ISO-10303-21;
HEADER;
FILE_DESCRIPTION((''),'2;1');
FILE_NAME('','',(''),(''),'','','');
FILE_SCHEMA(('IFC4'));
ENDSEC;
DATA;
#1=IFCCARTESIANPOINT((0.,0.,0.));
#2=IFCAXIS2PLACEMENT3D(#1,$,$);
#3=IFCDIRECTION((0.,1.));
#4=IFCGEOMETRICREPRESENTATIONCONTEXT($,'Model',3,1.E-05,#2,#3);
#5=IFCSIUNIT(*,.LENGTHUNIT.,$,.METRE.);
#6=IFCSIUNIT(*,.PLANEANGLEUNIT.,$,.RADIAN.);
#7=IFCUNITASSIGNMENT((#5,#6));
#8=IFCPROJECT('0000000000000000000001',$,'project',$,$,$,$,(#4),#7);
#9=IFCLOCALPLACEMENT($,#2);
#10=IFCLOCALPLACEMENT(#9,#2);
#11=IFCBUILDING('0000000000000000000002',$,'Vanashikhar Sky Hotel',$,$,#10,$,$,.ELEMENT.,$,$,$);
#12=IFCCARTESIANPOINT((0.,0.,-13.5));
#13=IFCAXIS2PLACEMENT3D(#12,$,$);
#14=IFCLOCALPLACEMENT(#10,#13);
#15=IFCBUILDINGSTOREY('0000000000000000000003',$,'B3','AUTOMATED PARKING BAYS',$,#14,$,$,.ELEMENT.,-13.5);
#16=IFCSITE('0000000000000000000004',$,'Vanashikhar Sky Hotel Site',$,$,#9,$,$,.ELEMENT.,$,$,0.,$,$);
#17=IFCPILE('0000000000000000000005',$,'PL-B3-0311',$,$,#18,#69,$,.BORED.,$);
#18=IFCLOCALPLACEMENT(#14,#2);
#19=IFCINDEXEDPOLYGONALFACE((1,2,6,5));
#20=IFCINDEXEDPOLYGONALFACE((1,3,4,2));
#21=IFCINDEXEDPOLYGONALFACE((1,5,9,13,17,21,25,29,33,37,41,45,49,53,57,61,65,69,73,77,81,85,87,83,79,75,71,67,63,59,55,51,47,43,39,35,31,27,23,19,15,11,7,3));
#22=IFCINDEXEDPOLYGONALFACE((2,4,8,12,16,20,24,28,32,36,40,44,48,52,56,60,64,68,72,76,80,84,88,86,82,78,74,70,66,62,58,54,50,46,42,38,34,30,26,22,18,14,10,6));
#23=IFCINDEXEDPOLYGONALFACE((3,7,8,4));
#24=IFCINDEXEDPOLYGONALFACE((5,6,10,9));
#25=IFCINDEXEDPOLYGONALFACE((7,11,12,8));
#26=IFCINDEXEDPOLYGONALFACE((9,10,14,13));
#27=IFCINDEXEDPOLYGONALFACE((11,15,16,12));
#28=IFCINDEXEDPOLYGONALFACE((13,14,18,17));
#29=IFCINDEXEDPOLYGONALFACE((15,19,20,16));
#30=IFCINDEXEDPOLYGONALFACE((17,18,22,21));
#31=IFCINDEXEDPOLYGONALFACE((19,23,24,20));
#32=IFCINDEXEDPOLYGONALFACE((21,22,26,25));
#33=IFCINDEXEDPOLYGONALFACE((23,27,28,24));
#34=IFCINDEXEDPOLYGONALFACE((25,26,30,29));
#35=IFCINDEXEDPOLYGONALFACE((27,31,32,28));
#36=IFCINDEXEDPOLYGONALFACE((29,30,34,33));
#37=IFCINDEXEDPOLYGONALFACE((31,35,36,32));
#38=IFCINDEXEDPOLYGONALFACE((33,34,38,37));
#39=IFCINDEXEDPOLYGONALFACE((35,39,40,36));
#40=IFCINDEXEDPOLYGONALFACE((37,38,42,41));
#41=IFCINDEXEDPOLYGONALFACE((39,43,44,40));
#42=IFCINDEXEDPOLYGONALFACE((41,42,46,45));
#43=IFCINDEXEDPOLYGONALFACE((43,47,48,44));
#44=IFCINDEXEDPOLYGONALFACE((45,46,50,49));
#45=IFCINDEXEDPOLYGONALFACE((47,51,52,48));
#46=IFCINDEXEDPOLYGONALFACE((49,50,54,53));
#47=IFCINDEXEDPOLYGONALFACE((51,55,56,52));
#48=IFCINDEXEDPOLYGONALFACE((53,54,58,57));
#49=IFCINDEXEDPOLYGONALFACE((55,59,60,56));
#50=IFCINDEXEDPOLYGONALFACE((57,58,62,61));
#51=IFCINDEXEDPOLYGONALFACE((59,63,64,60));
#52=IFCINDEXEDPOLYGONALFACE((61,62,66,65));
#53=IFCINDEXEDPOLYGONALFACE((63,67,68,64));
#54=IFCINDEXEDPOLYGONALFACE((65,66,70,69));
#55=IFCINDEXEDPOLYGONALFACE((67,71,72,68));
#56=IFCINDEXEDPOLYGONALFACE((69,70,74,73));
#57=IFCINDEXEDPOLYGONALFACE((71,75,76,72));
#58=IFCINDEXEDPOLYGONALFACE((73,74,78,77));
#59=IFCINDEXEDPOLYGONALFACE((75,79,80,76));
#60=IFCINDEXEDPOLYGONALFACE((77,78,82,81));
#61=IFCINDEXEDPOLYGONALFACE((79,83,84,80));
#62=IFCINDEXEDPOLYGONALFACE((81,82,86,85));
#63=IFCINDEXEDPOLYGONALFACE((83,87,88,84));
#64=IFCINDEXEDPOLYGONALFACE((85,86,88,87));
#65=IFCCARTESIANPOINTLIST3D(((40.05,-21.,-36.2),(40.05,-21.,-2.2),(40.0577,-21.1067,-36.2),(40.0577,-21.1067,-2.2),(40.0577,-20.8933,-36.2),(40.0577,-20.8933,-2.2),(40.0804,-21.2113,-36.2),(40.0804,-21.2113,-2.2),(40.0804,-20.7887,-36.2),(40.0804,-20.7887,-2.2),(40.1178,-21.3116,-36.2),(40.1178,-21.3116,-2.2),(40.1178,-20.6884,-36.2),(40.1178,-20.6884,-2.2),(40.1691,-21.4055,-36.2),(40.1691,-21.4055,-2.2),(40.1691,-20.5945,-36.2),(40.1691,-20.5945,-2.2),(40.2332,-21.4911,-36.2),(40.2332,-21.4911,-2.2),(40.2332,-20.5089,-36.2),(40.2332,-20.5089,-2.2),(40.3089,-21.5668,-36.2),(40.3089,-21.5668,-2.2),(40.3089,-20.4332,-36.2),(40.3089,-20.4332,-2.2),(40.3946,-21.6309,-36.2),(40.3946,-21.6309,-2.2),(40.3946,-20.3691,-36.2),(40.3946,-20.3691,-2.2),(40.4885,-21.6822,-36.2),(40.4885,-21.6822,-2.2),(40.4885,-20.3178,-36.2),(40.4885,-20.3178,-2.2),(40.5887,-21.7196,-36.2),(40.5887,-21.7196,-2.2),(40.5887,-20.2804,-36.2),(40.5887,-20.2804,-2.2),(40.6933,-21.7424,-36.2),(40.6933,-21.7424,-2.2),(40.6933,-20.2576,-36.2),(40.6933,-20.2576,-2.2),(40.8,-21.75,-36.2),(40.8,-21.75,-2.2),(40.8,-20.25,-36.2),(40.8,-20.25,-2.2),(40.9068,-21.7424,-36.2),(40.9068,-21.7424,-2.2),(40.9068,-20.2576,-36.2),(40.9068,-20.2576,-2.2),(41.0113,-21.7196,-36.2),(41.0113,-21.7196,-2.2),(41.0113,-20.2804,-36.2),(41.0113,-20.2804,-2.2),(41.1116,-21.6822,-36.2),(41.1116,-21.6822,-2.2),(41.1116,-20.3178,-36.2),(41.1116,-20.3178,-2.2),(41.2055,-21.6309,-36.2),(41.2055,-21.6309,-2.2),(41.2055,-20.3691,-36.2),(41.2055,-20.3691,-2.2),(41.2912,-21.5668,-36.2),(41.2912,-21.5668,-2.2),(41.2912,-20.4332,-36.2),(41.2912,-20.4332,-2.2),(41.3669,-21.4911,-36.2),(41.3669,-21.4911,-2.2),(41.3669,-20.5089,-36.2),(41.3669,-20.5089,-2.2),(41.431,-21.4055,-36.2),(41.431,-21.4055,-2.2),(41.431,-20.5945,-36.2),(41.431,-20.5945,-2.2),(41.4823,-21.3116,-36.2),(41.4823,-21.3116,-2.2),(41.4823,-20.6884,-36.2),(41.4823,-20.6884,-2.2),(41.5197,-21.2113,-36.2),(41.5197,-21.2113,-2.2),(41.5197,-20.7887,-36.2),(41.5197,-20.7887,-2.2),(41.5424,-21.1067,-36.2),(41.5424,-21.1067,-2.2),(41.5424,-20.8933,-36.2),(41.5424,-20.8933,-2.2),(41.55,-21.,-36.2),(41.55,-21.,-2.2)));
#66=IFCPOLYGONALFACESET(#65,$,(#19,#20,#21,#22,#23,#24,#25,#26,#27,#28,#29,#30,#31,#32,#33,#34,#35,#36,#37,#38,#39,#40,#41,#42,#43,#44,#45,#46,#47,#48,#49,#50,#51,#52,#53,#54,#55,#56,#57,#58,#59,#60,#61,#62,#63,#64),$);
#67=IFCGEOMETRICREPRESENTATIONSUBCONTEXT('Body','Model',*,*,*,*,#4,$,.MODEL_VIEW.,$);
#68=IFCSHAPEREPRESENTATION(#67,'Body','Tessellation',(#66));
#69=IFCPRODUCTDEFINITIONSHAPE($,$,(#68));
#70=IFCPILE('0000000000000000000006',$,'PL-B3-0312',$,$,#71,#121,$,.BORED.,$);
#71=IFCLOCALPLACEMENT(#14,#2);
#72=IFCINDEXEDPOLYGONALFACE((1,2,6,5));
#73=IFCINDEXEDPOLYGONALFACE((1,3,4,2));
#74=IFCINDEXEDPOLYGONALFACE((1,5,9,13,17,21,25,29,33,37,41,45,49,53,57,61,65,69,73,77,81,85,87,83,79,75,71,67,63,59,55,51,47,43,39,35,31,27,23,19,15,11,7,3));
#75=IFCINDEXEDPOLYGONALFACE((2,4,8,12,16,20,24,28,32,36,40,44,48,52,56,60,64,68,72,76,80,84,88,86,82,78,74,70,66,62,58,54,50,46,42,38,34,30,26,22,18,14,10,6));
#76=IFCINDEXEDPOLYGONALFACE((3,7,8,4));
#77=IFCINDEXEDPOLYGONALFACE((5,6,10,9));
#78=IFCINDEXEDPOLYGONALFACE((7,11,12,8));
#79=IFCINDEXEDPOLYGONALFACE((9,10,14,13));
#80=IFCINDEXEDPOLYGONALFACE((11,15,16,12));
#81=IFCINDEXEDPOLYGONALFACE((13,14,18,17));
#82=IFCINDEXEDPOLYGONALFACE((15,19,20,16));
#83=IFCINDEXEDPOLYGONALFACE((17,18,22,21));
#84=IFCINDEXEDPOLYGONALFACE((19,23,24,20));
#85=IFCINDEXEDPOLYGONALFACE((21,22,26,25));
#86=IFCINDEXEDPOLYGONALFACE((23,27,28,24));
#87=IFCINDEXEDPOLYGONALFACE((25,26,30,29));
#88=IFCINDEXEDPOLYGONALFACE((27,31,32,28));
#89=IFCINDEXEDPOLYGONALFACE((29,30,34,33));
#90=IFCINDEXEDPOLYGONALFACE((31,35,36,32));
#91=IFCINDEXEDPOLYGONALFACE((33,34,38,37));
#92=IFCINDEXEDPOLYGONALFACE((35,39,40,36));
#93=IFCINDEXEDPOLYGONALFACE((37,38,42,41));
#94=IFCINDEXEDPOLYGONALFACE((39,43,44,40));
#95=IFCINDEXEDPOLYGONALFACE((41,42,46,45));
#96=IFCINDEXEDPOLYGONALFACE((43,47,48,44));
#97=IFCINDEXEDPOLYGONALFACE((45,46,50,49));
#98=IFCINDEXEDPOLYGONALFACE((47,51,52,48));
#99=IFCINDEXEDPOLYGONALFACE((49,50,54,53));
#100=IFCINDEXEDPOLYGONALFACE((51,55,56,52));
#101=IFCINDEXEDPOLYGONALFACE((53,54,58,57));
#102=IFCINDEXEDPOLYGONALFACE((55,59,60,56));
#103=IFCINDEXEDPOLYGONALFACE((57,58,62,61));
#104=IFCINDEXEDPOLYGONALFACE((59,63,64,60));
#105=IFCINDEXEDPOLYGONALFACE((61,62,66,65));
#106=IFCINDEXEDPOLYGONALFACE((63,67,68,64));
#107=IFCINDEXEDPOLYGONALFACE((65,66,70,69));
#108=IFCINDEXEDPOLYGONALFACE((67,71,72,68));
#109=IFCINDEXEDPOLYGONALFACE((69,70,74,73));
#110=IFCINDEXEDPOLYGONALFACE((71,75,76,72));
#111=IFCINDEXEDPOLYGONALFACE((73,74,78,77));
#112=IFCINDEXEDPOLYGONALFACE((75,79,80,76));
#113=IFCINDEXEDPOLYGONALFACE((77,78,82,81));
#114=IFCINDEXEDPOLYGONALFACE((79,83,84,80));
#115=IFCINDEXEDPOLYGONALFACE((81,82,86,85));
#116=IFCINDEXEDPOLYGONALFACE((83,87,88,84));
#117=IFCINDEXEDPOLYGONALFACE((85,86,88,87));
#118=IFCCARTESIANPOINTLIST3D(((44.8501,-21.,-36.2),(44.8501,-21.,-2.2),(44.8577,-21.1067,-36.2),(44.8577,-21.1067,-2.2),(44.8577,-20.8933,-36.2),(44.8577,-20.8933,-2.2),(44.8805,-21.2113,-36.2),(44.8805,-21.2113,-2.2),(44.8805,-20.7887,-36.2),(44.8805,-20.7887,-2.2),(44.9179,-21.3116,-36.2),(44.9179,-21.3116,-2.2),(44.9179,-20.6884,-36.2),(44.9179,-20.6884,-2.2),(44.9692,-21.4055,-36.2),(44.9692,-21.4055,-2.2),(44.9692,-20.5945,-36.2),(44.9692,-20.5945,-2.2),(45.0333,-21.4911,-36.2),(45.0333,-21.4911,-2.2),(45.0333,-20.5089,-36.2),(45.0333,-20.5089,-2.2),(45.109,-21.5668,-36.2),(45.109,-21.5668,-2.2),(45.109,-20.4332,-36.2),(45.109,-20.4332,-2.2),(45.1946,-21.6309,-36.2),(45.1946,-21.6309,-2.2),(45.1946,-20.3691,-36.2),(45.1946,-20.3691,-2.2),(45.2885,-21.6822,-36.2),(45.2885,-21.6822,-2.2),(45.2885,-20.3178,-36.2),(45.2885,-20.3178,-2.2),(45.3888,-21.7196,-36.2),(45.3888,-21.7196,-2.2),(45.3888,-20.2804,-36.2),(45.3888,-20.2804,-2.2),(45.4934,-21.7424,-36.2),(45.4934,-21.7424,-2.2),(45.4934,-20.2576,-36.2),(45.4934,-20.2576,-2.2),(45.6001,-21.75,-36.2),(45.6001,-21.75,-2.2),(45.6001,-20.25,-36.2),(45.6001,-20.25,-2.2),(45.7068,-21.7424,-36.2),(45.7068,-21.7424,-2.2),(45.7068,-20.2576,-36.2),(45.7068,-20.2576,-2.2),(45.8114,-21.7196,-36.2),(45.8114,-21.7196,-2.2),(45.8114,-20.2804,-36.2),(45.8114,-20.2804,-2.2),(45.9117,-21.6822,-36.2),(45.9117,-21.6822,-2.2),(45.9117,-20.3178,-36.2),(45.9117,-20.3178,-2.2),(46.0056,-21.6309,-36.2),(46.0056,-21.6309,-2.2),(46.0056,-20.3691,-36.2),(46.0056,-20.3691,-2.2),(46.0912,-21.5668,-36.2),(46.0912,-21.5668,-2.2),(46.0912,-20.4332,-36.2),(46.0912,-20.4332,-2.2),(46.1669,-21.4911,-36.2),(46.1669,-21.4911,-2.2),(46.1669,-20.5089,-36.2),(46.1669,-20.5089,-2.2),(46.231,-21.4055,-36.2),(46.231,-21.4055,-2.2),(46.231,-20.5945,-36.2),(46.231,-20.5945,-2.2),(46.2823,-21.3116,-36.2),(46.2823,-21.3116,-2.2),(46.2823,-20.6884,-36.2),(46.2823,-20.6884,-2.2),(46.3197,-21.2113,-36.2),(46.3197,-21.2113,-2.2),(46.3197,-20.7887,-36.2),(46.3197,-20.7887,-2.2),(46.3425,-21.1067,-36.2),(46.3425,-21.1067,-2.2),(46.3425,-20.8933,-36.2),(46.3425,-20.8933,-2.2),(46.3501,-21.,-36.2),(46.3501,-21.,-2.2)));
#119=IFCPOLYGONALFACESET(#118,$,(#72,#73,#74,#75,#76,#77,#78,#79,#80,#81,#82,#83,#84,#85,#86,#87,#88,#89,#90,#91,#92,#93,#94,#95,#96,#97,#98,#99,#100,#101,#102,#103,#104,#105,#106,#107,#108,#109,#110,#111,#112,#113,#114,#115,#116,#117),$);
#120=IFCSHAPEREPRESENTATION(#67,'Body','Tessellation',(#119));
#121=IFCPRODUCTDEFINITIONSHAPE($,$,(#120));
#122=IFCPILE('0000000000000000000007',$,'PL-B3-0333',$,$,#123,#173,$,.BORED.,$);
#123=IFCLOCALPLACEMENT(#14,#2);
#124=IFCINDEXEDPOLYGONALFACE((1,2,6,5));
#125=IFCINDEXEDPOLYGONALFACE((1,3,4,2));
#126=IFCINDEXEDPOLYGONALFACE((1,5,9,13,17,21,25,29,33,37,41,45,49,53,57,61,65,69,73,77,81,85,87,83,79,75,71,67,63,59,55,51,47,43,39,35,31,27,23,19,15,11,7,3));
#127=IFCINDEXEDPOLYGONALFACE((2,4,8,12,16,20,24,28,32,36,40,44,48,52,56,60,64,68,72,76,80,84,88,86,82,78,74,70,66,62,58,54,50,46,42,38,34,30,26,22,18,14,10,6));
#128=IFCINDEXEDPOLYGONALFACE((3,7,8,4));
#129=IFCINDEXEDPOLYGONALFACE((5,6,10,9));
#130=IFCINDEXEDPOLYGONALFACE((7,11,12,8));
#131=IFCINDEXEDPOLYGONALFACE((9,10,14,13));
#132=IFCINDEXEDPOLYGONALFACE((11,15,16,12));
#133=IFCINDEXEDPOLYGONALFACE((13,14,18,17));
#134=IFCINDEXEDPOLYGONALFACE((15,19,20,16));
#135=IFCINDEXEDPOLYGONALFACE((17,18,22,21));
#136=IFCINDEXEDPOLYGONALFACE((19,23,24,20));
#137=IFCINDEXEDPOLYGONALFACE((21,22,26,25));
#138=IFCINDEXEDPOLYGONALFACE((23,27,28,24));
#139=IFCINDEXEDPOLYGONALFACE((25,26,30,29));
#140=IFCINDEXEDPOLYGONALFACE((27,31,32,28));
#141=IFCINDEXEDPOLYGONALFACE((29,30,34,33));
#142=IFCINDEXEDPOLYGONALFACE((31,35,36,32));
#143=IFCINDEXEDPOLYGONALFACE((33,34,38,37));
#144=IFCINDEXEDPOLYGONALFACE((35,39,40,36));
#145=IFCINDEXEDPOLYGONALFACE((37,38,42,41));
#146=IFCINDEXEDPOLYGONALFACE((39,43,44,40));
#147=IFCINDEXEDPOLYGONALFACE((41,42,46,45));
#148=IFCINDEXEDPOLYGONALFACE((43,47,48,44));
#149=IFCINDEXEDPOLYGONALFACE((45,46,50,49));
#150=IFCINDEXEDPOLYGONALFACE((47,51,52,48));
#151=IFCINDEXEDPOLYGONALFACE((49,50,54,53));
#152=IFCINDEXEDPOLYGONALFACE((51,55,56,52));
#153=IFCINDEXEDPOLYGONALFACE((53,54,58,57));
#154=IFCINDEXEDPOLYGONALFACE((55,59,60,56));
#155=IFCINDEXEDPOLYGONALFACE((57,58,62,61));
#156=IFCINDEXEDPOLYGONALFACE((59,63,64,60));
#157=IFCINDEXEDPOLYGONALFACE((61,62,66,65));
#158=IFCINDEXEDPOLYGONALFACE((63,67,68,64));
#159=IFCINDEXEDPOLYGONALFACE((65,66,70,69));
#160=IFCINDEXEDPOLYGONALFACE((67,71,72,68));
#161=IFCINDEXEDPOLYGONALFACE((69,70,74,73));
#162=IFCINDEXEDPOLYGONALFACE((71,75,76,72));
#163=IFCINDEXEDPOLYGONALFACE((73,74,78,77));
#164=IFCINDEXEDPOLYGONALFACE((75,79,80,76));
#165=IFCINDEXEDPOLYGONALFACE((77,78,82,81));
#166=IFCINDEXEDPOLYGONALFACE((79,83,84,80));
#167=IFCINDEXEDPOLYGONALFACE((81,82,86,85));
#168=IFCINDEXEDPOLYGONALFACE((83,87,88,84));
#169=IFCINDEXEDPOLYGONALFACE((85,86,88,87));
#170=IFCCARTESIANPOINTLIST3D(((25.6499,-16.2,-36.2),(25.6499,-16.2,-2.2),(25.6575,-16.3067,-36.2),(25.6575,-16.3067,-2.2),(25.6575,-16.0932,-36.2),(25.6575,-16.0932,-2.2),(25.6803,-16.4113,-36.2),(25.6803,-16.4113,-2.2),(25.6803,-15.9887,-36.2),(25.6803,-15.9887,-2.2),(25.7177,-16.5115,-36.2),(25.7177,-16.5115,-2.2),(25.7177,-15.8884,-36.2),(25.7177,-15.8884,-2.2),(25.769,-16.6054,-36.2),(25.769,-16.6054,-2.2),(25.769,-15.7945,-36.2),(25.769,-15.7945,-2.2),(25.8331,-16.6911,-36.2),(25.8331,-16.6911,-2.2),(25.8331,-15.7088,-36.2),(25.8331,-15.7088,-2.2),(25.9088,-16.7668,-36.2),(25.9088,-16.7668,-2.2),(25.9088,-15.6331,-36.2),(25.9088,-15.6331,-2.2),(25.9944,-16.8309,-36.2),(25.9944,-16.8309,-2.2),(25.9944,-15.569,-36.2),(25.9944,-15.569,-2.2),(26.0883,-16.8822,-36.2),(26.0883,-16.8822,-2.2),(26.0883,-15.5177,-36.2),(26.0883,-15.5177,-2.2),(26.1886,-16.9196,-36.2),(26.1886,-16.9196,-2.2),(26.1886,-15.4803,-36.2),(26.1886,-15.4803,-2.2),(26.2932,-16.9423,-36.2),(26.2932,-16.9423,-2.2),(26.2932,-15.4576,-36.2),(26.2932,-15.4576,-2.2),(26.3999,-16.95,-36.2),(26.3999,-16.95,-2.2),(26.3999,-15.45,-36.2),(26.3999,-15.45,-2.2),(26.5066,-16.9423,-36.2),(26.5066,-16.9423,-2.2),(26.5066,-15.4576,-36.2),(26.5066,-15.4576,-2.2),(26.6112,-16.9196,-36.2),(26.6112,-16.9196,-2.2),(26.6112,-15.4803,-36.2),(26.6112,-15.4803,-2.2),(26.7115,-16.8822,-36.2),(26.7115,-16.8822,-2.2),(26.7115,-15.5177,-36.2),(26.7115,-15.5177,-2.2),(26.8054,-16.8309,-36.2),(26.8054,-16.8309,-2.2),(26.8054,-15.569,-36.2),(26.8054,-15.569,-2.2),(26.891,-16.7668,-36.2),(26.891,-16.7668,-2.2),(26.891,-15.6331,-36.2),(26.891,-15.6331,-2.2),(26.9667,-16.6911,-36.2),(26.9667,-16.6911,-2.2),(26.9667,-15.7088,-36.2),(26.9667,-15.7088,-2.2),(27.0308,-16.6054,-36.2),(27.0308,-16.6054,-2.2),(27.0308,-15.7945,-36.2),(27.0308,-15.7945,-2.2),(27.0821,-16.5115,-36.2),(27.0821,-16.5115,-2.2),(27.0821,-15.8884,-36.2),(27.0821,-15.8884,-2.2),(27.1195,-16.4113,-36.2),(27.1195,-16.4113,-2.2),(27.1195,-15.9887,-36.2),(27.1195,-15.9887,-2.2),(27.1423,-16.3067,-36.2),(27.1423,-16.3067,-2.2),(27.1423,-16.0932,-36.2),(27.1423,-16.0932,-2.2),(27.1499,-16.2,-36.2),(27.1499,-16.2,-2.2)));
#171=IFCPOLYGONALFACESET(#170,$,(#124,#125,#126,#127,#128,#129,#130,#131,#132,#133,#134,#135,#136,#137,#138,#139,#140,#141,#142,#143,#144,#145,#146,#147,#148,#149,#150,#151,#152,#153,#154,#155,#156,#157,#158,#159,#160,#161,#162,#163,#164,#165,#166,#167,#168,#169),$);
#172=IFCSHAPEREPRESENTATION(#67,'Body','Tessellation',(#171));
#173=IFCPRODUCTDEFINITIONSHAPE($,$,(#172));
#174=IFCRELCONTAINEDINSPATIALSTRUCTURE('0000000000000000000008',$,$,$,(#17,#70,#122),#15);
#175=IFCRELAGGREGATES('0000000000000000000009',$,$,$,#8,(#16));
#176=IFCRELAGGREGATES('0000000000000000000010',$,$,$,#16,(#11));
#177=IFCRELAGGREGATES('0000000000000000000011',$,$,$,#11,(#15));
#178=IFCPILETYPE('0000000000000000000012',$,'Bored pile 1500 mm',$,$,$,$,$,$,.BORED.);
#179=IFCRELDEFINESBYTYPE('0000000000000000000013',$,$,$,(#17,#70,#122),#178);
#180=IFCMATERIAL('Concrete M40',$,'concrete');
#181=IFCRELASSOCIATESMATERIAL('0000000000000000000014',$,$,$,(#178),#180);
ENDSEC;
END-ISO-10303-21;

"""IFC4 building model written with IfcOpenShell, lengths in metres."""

from ifc_helpers import new_model, si_unit, direction, frame, origin, origin_2d, place, context, subcontext, project, spatial, circle, extrude, source, transform, mapped, material, type_object, element, save


model = new_model("IFC4")

# Units and contexts
model_context = context("Model", 3, precision=1e-05, world=origin(), true_north=direction((0.0, 1.0)))
body_context = subcontext(model_context, "Body", "Model", "MODEL_VIEW")
ifc_project = project(units=[si_unit("LENGTHUNIT", "METRE"), si_unit("PLANEANGLEUNIT", "RADIAN")], contexts=[model_context])

# Site, building, storey
site_placement = place(None, origin())
site = spatial("IfcSite", under=ifc_project, at=site_placement, Name="Vanashikhar Sky Hotel Site", CompositionType="ELEMENT", RefElevation=0.0)
building_placement = place(site_placement, origin())
building = spatial("IfcBuilding", under=site, at=building_placement, Name="Vanashikhar Sky Hotel", CompositionType="ELEMENT")
storey_placement = place(building_placement, frame((0.0, 0.0, -13.5)))
storey = spatial("IfcBuildingStorey", under=building, at=storey_placement, Name="B3", Description="AUTOMATED PARKING BAYS", CompositionType="ELEMENT", Elevation=-13.5)

# Piles
ifc_material_1 = material(Name="Concrete M40", Category="concrete")
pile_type_1 = type_object("IfcPileType", Name="Bored pile 1500 mm", PredefinedType="BORED", material=ifc_material_1)
shared_shape_1 = source(origin(), body_context, "Body", "SweptSolid", [
    extrude(circle(Radius=0.75, at=origin_2d()), origin(), (0.0, 0.0, 1.0), 34.0),
])
for number, where, z_axis, x_axis, name in (
    (1, (40.8, -21.0, -2.2), (0.0, 0.0, -1.0), (1.0, 0.0, 0.0), "PL-B3-0311"),
    (2, (45.6001, -21.0, -2.2), (0.0, 0.0, -1.0), (1.0, 0.0, 0.0), "PL-B3-0312"),
    (3, (26.3999, -16.2, -2.2), (0.0, 0.0, -1.0), (1.0, 0.0, 0.0), "PL-B3-0333"),
):
    element("IfcPile", number, at=place(storey_placement, frame(where, z_axis=z_axis, x_axis=x_axis)), inside=storey, type_object=pile_type_1, Name=name, PredefinedType="BORED", context=body_context, shape_type="MappedRepresentation", body=[
        mapped(shared_shape_1, transform((0.0, 0.0, 0.0), scale=1.0)),
    ])

save(model, "model.ifc")
